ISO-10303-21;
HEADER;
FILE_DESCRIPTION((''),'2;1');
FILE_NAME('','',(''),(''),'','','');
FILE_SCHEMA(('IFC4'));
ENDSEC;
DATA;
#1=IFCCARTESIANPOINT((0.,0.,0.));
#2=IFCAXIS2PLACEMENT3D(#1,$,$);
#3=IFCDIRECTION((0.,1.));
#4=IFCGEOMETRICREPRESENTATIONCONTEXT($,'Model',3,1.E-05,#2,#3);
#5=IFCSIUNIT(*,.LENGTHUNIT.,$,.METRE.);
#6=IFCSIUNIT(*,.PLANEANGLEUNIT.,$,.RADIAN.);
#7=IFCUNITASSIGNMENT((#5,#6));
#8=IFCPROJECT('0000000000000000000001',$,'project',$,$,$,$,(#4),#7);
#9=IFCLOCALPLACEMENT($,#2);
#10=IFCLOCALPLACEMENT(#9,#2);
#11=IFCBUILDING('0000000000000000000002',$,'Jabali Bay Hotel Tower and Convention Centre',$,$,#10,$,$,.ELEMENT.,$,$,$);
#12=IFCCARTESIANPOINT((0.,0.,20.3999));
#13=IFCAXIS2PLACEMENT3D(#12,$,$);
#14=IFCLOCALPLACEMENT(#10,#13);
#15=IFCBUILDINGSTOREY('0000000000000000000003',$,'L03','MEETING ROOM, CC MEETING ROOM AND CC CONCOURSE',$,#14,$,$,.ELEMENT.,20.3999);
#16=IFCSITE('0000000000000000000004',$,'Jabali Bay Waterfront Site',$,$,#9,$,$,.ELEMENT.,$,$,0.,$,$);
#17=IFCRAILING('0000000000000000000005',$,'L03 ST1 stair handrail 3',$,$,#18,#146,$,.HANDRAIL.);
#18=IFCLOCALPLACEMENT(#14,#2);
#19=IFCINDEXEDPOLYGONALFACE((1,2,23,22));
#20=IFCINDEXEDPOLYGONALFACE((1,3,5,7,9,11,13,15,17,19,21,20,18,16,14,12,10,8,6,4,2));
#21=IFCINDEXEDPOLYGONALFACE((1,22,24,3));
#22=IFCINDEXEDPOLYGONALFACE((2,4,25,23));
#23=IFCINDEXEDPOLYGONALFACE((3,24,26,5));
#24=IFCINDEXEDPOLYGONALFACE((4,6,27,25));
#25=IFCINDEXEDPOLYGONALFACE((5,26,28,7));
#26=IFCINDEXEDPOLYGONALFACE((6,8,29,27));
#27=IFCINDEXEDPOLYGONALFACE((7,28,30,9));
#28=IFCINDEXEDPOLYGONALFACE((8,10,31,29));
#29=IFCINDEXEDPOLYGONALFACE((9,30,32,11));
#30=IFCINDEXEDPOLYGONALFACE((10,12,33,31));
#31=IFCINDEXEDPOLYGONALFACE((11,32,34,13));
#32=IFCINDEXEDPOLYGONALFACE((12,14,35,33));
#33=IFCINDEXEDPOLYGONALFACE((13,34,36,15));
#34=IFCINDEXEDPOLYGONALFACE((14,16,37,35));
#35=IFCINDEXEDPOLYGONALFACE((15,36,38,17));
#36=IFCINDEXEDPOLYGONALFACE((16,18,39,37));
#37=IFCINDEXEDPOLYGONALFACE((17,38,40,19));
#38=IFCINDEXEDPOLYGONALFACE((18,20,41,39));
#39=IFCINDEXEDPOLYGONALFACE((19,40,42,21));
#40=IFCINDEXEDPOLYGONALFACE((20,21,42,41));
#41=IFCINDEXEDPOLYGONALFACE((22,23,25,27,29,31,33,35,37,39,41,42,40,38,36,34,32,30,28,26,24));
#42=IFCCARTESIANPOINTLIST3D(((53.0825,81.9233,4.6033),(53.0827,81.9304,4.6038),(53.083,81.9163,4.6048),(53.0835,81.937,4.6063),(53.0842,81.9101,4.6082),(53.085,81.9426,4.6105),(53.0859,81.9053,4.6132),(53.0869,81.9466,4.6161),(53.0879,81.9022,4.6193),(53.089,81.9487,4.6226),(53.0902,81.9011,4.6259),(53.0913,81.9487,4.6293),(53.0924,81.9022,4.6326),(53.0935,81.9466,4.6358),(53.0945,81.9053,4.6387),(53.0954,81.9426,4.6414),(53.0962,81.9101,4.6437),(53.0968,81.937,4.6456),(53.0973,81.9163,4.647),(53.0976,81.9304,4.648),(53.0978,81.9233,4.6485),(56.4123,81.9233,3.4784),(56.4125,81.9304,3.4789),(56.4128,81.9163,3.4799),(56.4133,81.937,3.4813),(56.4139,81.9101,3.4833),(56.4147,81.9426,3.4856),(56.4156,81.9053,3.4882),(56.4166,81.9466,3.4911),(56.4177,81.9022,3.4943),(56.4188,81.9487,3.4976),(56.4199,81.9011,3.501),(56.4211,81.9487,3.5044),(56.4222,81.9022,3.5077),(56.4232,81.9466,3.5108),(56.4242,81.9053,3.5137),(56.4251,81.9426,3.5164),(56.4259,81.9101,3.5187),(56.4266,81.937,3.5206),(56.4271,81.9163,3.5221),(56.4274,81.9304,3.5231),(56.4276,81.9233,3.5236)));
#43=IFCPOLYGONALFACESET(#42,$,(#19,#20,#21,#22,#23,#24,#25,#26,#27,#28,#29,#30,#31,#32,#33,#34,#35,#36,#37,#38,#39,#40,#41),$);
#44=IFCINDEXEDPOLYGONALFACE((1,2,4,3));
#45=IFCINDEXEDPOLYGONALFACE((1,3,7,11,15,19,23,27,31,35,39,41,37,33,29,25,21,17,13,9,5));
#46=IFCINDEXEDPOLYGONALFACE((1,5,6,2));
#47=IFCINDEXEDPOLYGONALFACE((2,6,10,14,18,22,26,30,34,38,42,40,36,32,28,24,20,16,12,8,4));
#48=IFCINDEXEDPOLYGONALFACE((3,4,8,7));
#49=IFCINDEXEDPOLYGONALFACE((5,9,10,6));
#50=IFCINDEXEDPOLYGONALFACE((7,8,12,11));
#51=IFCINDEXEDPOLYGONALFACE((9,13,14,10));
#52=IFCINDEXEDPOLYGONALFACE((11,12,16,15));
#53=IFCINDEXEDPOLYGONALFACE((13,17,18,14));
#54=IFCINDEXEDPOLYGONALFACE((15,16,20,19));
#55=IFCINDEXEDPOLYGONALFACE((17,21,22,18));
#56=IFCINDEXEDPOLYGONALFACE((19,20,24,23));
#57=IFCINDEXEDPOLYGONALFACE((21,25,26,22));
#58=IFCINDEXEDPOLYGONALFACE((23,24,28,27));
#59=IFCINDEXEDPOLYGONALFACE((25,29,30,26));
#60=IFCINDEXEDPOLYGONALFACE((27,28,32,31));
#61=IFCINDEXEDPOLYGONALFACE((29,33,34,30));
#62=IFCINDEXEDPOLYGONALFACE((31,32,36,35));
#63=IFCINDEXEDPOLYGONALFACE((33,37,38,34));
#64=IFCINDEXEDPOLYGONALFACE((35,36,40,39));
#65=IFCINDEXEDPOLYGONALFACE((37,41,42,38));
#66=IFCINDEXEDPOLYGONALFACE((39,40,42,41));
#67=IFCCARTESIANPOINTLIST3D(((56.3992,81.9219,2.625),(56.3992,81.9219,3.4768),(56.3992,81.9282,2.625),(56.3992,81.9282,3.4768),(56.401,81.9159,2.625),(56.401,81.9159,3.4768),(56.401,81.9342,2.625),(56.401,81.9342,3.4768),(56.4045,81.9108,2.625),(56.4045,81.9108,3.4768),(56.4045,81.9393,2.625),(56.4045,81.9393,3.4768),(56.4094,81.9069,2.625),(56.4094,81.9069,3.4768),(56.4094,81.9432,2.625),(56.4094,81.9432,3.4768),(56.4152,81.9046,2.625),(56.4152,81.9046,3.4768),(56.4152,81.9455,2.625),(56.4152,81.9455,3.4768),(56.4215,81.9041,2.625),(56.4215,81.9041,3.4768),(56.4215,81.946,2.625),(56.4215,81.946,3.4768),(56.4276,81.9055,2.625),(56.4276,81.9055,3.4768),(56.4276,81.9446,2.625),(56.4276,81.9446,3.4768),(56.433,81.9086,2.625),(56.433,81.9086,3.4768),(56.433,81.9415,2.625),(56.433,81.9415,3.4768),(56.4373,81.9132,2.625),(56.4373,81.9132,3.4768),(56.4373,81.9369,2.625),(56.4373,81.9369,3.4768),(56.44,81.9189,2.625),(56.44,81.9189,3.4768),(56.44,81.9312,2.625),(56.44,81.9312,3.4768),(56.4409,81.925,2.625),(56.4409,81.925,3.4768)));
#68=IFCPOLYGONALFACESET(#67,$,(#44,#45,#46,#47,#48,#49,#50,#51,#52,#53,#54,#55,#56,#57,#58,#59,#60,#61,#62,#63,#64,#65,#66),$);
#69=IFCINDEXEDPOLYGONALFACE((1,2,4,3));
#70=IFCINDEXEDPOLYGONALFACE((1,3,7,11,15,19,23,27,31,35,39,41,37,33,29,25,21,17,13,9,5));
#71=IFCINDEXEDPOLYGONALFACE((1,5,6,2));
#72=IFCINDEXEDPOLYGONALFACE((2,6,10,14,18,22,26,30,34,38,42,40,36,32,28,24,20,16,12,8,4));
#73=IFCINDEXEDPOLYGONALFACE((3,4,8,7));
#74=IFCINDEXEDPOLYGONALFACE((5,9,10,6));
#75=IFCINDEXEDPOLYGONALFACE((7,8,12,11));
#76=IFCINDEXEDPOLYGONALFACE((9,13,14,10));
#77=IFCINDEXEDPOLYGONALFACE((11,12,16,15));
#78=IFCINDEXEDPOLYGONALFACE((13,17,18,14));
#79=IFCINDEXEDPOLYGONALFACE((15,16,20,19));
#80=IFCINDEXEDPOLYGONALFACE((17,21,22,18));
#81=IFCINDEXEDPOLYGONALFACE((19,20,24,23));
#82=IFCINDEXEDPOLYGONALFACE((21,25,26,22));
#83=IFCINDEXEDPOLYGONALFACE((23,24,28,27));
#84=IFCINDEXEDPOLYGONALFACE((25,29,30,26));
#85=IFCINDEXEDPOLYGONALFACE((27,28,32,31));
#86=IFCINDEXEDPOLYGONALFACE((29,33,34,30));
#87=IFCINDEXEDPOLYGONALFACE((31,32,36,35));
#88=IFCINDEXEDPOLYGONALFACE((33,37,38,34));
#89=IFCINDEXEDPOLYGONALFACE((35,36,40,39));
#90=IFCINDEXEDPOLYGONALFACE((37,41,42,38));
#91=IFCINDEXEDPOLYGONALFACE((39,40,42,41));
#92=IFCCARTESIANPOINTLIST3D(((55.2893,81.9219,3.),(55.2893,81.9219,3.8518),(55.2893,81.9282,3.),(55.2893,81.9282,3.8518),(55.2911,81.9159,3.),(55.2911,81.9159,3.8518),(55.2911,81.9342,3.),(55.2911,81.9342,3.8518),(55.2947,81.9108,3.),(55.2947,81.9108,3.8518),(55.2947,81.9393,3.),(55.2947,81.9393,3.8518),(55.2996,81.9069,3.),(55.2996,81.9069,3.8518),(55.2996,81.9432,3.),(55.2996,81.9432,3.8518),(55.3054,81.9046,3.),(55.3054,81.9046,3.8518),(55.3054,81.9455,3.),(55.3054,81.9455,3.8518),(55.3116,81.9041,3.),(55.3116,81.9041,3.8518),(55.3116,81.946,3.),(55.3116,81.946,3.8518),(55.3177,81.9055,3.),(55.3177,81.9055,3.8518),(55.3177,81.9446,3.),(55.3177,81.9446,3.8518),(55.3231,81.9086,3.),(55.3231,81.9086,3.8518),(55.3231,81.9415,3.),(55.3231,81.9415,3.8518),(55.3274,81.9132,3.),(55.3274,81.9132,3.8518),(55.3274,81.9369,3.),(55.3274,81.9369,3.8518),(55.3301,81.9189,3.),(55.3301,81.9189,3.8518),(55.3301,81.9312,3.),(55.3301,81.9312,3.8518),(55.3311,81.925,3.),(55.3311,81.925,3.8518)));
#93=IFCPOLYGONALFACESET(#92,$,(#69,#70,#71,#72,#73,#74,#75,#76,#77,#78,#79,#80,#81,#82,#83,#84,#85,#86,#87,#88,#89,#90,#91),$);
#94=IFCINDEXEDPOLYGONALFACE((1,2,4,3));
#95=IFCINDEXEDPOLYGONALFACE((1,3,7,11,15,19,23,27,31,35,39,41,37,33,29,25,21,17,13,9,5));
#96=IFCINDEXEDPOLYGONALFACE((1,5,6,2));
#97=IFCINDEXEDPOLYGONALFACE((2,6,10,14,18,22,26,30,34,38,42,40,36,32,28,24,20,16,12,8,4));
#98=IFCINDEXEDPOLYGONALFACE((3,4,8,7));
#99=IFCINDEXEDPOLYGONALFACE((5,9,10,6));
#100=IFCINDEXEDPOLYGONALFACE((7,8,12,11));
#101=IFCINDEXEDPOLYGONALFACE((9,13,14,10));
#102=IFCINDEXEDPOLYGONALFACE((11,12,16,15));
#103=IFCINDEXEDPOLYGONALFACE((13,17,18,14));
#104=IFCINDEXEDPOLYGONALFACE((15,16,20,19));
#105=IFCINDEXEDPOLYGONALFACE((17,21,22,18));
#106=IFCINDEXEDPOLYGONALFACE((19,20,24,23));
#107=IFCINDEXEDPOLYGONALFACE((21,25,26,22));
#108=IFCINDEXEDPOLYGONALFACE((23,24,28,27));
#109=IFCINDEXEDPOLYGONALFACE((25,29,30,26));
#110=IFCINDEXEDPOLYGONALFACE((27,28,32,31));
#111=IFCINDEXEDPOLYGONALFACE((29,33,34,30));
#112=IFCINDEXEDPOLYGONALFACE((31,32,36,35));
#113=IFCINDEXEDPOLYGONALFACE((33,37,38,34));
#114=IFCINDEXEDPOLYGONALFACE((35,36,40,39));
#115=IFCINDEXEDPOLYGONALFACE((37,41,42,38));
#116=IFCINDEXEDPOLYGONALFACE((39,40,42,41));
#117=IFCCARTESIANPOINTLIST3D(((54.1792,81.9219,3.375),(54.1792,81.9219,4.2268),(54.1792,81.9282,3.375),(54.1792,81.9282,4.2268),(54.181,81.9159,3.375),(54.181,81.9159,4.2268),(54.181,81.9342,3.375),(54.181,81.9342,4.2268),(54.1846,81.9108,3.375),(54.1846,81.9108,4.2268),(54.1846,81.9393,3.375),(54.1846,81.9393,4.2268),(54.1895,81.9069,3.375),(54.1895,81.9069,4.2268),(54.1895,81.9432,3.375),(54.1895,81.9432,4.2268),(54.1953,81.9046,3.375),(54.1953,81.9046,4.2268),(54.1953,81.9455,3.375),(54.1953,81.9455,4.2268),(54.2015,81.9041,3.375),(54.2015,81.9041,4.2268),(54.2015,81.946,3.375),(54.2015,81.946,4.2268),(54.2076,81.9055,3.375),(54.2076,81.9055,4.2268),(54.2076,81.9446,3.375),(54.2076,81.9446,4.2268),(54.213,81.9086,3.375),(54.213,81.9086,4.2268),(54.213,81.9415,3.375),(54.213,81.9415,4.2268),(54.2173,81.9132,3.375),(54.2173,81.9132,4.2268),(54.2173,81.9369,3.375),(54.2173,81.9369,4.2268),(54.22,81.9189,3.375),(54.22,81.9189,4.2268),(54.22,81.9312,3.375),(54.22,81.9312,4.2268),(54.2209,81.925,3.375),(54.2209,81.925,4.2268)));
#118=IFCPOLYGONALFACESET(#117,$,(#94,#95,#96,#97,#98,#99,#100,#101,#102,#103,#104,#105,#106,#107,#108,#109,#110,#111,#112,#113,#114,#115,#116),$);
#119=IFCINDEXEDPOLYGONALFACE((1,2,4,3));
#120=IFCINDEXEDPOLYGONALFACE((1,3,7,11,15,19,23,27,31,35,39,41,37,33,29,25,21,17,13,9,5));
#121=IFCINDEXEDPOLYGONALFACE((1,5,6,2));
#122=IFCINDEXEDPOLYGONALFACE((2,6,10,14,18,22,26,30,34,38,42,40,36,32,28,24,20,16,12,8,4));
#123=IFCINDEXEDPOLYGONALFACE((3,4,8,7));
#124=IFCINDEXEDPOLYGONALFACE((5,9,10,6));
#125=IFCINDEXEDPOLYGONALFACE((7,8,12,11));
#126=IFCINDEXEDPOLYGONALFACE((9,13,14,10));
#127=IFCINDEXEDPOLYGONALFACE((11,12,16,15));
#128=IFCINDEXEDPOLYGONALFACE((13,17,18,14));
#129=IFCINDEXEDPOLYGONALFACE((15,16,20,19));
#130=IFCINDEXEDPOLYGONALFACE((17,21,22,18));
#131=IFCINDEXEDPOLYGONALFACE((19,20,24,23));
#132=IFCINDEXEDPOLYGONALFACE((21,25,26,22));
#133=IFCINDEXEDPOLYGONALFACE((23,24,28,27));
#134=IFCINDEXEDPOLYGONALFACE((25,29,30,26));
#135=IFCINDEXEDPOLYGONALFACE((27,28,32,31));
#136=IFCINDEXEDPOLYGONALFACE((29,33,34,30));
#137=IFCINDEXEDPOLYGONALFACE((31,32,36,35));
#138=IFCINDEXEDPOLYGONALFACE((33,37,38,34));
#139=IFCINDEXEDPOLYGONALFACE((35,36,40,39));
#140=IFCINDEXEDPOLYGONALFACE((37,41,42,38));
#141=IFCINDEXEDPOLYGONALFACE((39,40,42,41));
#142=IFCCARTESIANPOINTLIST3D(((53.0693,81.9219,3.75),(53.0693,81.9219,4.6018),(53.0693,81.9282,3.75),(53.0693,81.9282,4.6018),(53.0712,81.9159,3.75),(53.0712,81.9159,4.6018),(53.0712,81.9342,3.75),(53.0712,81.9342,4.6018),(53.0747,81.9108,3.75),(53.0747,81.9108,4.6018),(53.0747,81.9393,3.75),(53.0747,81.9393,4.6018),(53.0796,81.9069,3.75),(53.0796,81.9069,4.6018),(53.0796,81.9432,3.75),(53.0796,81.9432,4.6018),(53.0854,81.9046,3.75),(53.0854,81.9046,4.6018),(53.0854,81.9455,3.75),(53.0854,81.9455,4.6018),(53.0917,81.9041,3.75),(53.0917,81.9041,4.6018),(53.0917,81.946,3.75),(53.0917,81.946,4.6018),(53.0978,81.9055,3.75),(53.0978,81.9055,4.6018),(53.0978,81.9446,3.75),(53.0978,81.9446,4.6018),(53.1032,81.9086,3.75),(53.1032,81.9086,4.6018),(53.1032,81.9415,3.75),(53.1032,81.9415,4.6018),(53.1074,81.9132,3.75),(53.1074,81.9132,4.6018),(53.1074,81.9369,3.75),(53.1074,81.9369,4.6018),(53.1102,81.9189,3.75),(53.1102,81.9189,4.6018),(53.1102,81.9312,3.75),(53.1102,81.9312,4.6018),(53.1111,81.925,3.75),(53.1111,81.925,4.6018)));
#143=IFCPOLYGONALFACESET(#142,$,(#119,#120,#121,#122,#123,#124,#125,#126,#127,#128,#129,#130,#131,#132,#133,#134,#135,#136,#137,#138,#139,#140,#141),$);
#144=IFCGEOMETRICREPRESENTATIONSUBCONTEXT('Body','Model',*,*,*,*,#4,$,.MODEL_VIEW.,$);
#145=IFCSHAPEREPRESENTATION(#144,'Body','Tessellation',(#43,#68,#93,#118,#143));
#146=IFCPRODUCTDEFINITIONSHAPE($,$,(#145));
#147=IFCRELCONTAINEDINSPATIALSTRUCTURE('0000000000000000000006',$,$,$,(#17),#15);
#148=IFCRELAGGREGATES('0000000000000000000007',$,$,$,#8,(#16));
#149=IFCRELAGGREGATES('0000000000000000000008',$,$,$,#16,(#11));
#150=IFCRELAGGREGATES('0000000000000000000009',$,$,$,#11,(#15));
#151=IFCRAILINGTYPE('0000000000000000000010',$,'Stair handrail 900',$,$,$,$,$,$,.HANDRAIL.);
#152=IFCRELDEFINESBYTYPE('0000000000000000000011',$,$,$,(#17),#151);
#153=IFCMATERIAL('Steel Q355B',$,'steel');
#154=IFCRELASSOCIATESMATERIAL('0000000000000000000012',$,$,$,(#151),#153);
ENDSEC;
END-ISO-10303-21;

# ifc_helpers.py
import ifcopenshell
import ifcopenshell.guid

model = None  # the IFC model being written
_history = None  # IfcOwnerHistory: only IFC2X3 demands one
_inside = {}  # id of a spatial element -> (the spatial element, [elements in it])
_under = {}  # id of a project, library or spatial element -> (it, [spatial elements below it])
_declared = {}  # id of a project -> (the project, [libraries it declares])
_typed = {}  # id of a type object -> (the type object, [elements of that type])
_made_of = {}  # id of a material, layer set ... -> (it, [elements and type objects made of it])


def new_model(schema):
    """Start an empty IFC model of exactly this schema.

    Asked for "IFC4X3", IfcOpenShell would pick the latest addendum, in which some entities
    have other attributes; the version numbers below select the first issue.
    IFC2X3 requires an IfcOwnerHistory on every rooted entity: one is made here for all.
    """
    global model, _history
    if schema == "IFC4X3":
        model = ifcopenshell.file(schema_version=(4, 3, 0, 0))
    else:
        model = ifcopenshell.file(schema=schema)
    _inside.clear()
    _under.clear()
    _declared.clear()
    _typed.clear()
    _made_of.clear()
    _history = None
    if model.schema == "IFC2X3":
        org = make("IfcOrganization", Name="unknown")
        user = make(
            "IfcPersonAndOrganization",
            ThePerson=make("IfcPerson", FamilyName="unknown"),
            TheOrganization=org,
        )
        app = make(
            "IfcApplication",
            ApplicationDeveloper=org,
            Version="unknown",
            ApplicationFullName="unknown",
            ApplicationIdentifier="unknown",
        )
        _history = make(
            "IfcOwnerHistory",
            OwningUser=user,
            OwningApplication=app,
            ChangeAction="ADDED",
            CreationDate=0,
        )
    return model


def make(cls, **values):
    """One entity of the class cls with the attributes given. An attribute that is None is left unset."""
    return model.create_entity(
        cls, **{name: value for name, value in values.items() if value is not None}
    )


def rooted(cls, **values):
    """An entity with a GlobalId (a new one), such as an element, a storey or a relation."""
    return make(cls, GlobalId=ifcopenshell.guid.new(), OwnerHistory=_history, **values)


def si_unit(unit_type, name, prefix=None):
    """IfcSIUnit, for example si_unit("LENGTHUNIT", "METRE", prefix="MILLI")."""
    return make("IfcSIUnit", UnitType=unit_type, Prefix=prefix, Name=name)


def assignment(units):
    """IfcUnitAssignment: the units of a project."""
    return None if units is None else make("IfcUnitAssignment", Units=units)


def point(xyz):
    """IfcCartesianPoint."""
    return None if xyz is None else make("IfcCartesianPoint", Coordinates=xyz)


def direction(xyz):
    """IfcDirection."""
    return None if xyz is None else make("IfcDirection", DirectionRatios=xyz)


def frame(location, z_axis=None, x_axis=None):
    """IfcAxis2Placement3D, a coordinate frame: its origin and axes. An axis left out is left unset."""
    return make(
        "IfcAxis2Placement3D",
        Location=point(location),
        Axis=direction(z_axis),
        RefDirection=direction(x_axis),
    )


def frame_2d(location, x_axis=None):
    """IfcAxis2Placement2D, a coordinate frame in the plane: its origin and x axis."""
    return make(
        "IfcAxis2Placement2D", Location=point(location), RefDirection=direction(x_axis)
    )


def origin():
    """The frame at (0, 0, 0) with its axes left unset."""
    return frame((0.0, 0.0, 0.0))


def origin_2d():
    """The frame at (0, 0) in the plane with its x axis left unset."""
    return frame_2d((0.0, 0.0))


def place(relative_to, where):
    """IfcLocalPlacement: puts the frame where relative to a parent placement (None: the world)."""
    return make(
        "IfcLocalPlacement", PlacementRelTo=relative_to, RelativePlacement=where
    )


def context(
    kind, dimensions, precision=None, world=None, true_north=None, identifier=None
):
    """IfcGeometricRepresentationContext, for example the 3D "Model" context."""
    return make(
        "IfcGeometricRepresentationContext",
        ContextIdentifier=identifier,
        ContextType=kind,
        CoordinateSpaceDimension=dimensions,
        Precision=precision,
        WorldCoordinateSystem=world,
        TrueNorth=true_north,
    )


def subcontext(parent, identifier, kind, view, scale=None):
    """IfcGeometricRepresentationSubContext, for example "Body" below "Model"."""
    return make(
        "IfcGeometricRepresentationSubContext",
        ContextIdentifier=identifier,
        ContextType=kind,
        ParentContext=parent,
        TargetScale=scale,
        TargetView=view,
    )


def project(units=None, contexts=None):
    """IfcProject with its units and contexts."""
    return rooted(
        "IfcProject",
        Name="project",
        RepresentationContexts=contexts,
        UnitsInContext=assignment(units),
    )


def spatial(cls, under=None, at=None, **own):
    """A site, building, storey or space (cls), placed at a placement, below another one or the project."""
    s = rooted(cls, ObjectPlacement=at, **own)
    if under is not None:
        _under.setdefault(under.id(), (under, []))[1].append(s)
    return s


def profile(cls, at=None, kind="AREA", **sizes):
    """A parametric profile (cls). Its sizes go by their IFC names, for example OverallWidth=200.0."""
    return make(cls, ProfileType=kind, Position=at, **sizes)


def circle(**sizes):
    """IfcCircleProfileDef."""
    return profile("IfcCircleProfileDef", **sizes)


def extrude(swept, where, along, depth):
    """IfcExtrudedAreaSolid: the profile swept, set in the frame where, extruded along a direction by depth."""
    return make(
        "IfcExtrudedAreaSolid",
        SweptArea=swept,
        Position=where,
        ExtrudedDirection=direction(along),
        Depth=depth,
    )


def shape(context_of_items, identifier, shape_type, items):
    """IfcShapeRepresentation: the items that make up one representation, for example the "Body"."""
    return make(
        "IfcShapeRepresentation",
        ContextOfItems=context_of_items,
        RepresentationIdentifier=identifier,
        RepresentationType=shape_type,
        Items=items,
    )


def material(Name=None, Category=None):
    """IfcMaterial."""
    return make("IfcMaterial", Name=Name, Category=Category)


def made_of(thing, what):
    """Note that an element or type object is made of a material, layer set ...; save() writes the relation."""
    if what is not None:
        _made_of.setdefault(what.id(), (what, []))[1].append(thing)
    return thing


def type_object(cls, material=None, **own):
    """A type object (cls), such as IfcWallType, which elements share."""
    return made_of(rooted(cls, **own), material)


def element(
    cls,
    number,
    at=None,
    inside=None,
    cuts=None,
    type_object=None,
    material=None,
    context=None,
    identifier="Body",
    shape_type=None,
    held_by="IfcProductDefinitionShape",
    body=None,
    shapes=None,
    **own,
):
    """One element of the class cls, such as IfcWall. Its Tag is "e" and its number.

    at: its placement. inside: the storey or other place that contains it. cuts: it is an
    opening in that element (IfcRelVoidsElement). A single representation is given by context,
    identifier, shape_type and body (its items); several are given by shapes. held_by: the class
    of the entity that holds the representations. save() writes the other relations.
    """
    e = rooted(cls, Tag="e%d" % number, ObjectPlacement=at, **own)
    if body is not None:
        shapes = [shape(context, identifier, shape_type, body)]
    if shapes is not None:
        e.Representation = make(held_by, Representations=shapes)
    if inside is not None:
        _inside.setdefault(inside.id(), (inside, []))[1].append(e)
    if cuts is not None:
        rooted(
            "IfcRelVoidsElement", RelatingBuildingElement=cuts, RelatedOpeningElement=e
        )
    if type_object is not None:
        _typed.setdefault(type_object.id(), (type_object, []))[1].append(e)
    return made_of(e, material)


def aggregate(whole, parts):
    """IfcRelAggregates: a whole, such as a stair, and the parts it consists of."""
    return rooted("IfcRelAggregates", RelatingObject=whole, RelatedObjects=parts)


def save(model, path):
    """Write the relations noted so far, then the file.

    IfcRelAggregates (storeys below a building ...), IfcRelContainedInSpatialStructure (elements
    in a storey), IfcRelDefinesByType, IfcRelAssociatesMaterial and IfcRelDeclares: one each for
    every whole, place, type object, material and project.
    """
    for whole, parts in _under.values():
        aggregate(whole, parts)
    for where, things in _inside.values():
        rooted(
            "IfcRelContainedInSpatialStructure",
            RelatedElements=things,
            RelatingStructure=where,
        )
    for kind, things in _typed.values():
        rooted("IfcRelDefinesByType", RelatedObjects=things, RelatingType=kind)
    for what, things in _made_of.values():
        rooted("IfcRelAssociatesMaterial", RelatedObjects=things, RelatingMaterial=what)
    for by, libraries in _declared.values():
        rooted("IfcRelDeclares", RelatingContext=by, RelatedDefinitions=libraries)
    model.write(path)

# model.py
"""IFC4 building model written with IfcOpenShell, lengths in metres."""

from ifc_helpers import new_model, si_unit, direction, frame, origin, origin_2d, place, context, subcontext, project, spatial, circle, extrude, material, type_object, element, save


model = new_model("IFC4")

# Units and contexts
model_context = context("Model", 3, precision=1e-05, world=origin(), true_north=direction((0.0, 1.0)))
body_context = subcontext(model_context, "Body", "Model", "MODEL_VIEW")
ifc_project = project(units=[si_unit("LENGTHUNIT", "METRE"), si_unit("PLANEANGLEUNIT", "RADIAN")], contexts=[model_context])

# Site, building, storey
site_placement = place(None, origin())
site = spatial("IfcSite", under=ifc_project, at=site_placement, Name="Jabali Bay Waterfront Site", CompositionType="ELEMENT", RefElevation=0.0)
building_placement = place(site_placement, origin())
building = spatial("IfcBuilding", under=site, at=building_placement, Name="Jabali Bay Hotel Tower and Convention Centre", CompositionType="ELEMENT")
storey_placement = place(building_placement, frame((0.0, 0.0, 20.3999)))
storey = spatial("IfcBuildingStorey", under=building, at=storey_placement, Name="L03", Description="MEETING ROOM, CC MEETING ROOM AND CC CONCOURSE", CompositionType="ELEMENT", Elevation=20.3999)

# Railing
ifc_material_1 = material(Name="Steel Q355B", Category="steel")
railing_type_1 = type_object("IfcRailingType", Name="Stair handrail 900", PredefinedType="HANDRAIL", material=ifc_material_1)
railing_1_placement = place(storey_placement, frame((56.4199, 81.925, 2.625)))
element("IfcRailing", 1, at=railing_1_placement, inside=storey, type_object=railing_type_1, Name="L03 ST1 stair handrail 3", PredefinedType="HANDRAIL", context=body_context, shape_type="SweptSolid", body=[
    extrude(circle(Radius=0.0239, at=origin_2d()), frame((0.0, 0.0, 0.876), z_axis=(-0.94739, 0.0, 0.32008), x_axis=(0.0, -1.0, 0.0)), (0.0, 0.0, 1.0), 3.5146),
    extrude(circle(Radius=0.021, at=origin_2d()), origin(), (0.0, 0.0, 1.0), 0.8518),
    extrude(circle(Radius=0.021, at=origin_2d()), frame((-1.1099, 0.0, 0.375)), (0.0, 0.0, 1.0), 0.8518),
    extrude(circle(Radius=0.021, at=origin_2d()), frame((-2.22, 0.0, 0.75)), (0.0, 0.0, 1.0), 0.8518),
    extrude(circle(Radius=0.021, at=origin_2d()), frame((-3.3298, 0.0, 1.125)), (0.0, 0.0, 1.0), 0.8518),
])

save(model, "model.ifc")
